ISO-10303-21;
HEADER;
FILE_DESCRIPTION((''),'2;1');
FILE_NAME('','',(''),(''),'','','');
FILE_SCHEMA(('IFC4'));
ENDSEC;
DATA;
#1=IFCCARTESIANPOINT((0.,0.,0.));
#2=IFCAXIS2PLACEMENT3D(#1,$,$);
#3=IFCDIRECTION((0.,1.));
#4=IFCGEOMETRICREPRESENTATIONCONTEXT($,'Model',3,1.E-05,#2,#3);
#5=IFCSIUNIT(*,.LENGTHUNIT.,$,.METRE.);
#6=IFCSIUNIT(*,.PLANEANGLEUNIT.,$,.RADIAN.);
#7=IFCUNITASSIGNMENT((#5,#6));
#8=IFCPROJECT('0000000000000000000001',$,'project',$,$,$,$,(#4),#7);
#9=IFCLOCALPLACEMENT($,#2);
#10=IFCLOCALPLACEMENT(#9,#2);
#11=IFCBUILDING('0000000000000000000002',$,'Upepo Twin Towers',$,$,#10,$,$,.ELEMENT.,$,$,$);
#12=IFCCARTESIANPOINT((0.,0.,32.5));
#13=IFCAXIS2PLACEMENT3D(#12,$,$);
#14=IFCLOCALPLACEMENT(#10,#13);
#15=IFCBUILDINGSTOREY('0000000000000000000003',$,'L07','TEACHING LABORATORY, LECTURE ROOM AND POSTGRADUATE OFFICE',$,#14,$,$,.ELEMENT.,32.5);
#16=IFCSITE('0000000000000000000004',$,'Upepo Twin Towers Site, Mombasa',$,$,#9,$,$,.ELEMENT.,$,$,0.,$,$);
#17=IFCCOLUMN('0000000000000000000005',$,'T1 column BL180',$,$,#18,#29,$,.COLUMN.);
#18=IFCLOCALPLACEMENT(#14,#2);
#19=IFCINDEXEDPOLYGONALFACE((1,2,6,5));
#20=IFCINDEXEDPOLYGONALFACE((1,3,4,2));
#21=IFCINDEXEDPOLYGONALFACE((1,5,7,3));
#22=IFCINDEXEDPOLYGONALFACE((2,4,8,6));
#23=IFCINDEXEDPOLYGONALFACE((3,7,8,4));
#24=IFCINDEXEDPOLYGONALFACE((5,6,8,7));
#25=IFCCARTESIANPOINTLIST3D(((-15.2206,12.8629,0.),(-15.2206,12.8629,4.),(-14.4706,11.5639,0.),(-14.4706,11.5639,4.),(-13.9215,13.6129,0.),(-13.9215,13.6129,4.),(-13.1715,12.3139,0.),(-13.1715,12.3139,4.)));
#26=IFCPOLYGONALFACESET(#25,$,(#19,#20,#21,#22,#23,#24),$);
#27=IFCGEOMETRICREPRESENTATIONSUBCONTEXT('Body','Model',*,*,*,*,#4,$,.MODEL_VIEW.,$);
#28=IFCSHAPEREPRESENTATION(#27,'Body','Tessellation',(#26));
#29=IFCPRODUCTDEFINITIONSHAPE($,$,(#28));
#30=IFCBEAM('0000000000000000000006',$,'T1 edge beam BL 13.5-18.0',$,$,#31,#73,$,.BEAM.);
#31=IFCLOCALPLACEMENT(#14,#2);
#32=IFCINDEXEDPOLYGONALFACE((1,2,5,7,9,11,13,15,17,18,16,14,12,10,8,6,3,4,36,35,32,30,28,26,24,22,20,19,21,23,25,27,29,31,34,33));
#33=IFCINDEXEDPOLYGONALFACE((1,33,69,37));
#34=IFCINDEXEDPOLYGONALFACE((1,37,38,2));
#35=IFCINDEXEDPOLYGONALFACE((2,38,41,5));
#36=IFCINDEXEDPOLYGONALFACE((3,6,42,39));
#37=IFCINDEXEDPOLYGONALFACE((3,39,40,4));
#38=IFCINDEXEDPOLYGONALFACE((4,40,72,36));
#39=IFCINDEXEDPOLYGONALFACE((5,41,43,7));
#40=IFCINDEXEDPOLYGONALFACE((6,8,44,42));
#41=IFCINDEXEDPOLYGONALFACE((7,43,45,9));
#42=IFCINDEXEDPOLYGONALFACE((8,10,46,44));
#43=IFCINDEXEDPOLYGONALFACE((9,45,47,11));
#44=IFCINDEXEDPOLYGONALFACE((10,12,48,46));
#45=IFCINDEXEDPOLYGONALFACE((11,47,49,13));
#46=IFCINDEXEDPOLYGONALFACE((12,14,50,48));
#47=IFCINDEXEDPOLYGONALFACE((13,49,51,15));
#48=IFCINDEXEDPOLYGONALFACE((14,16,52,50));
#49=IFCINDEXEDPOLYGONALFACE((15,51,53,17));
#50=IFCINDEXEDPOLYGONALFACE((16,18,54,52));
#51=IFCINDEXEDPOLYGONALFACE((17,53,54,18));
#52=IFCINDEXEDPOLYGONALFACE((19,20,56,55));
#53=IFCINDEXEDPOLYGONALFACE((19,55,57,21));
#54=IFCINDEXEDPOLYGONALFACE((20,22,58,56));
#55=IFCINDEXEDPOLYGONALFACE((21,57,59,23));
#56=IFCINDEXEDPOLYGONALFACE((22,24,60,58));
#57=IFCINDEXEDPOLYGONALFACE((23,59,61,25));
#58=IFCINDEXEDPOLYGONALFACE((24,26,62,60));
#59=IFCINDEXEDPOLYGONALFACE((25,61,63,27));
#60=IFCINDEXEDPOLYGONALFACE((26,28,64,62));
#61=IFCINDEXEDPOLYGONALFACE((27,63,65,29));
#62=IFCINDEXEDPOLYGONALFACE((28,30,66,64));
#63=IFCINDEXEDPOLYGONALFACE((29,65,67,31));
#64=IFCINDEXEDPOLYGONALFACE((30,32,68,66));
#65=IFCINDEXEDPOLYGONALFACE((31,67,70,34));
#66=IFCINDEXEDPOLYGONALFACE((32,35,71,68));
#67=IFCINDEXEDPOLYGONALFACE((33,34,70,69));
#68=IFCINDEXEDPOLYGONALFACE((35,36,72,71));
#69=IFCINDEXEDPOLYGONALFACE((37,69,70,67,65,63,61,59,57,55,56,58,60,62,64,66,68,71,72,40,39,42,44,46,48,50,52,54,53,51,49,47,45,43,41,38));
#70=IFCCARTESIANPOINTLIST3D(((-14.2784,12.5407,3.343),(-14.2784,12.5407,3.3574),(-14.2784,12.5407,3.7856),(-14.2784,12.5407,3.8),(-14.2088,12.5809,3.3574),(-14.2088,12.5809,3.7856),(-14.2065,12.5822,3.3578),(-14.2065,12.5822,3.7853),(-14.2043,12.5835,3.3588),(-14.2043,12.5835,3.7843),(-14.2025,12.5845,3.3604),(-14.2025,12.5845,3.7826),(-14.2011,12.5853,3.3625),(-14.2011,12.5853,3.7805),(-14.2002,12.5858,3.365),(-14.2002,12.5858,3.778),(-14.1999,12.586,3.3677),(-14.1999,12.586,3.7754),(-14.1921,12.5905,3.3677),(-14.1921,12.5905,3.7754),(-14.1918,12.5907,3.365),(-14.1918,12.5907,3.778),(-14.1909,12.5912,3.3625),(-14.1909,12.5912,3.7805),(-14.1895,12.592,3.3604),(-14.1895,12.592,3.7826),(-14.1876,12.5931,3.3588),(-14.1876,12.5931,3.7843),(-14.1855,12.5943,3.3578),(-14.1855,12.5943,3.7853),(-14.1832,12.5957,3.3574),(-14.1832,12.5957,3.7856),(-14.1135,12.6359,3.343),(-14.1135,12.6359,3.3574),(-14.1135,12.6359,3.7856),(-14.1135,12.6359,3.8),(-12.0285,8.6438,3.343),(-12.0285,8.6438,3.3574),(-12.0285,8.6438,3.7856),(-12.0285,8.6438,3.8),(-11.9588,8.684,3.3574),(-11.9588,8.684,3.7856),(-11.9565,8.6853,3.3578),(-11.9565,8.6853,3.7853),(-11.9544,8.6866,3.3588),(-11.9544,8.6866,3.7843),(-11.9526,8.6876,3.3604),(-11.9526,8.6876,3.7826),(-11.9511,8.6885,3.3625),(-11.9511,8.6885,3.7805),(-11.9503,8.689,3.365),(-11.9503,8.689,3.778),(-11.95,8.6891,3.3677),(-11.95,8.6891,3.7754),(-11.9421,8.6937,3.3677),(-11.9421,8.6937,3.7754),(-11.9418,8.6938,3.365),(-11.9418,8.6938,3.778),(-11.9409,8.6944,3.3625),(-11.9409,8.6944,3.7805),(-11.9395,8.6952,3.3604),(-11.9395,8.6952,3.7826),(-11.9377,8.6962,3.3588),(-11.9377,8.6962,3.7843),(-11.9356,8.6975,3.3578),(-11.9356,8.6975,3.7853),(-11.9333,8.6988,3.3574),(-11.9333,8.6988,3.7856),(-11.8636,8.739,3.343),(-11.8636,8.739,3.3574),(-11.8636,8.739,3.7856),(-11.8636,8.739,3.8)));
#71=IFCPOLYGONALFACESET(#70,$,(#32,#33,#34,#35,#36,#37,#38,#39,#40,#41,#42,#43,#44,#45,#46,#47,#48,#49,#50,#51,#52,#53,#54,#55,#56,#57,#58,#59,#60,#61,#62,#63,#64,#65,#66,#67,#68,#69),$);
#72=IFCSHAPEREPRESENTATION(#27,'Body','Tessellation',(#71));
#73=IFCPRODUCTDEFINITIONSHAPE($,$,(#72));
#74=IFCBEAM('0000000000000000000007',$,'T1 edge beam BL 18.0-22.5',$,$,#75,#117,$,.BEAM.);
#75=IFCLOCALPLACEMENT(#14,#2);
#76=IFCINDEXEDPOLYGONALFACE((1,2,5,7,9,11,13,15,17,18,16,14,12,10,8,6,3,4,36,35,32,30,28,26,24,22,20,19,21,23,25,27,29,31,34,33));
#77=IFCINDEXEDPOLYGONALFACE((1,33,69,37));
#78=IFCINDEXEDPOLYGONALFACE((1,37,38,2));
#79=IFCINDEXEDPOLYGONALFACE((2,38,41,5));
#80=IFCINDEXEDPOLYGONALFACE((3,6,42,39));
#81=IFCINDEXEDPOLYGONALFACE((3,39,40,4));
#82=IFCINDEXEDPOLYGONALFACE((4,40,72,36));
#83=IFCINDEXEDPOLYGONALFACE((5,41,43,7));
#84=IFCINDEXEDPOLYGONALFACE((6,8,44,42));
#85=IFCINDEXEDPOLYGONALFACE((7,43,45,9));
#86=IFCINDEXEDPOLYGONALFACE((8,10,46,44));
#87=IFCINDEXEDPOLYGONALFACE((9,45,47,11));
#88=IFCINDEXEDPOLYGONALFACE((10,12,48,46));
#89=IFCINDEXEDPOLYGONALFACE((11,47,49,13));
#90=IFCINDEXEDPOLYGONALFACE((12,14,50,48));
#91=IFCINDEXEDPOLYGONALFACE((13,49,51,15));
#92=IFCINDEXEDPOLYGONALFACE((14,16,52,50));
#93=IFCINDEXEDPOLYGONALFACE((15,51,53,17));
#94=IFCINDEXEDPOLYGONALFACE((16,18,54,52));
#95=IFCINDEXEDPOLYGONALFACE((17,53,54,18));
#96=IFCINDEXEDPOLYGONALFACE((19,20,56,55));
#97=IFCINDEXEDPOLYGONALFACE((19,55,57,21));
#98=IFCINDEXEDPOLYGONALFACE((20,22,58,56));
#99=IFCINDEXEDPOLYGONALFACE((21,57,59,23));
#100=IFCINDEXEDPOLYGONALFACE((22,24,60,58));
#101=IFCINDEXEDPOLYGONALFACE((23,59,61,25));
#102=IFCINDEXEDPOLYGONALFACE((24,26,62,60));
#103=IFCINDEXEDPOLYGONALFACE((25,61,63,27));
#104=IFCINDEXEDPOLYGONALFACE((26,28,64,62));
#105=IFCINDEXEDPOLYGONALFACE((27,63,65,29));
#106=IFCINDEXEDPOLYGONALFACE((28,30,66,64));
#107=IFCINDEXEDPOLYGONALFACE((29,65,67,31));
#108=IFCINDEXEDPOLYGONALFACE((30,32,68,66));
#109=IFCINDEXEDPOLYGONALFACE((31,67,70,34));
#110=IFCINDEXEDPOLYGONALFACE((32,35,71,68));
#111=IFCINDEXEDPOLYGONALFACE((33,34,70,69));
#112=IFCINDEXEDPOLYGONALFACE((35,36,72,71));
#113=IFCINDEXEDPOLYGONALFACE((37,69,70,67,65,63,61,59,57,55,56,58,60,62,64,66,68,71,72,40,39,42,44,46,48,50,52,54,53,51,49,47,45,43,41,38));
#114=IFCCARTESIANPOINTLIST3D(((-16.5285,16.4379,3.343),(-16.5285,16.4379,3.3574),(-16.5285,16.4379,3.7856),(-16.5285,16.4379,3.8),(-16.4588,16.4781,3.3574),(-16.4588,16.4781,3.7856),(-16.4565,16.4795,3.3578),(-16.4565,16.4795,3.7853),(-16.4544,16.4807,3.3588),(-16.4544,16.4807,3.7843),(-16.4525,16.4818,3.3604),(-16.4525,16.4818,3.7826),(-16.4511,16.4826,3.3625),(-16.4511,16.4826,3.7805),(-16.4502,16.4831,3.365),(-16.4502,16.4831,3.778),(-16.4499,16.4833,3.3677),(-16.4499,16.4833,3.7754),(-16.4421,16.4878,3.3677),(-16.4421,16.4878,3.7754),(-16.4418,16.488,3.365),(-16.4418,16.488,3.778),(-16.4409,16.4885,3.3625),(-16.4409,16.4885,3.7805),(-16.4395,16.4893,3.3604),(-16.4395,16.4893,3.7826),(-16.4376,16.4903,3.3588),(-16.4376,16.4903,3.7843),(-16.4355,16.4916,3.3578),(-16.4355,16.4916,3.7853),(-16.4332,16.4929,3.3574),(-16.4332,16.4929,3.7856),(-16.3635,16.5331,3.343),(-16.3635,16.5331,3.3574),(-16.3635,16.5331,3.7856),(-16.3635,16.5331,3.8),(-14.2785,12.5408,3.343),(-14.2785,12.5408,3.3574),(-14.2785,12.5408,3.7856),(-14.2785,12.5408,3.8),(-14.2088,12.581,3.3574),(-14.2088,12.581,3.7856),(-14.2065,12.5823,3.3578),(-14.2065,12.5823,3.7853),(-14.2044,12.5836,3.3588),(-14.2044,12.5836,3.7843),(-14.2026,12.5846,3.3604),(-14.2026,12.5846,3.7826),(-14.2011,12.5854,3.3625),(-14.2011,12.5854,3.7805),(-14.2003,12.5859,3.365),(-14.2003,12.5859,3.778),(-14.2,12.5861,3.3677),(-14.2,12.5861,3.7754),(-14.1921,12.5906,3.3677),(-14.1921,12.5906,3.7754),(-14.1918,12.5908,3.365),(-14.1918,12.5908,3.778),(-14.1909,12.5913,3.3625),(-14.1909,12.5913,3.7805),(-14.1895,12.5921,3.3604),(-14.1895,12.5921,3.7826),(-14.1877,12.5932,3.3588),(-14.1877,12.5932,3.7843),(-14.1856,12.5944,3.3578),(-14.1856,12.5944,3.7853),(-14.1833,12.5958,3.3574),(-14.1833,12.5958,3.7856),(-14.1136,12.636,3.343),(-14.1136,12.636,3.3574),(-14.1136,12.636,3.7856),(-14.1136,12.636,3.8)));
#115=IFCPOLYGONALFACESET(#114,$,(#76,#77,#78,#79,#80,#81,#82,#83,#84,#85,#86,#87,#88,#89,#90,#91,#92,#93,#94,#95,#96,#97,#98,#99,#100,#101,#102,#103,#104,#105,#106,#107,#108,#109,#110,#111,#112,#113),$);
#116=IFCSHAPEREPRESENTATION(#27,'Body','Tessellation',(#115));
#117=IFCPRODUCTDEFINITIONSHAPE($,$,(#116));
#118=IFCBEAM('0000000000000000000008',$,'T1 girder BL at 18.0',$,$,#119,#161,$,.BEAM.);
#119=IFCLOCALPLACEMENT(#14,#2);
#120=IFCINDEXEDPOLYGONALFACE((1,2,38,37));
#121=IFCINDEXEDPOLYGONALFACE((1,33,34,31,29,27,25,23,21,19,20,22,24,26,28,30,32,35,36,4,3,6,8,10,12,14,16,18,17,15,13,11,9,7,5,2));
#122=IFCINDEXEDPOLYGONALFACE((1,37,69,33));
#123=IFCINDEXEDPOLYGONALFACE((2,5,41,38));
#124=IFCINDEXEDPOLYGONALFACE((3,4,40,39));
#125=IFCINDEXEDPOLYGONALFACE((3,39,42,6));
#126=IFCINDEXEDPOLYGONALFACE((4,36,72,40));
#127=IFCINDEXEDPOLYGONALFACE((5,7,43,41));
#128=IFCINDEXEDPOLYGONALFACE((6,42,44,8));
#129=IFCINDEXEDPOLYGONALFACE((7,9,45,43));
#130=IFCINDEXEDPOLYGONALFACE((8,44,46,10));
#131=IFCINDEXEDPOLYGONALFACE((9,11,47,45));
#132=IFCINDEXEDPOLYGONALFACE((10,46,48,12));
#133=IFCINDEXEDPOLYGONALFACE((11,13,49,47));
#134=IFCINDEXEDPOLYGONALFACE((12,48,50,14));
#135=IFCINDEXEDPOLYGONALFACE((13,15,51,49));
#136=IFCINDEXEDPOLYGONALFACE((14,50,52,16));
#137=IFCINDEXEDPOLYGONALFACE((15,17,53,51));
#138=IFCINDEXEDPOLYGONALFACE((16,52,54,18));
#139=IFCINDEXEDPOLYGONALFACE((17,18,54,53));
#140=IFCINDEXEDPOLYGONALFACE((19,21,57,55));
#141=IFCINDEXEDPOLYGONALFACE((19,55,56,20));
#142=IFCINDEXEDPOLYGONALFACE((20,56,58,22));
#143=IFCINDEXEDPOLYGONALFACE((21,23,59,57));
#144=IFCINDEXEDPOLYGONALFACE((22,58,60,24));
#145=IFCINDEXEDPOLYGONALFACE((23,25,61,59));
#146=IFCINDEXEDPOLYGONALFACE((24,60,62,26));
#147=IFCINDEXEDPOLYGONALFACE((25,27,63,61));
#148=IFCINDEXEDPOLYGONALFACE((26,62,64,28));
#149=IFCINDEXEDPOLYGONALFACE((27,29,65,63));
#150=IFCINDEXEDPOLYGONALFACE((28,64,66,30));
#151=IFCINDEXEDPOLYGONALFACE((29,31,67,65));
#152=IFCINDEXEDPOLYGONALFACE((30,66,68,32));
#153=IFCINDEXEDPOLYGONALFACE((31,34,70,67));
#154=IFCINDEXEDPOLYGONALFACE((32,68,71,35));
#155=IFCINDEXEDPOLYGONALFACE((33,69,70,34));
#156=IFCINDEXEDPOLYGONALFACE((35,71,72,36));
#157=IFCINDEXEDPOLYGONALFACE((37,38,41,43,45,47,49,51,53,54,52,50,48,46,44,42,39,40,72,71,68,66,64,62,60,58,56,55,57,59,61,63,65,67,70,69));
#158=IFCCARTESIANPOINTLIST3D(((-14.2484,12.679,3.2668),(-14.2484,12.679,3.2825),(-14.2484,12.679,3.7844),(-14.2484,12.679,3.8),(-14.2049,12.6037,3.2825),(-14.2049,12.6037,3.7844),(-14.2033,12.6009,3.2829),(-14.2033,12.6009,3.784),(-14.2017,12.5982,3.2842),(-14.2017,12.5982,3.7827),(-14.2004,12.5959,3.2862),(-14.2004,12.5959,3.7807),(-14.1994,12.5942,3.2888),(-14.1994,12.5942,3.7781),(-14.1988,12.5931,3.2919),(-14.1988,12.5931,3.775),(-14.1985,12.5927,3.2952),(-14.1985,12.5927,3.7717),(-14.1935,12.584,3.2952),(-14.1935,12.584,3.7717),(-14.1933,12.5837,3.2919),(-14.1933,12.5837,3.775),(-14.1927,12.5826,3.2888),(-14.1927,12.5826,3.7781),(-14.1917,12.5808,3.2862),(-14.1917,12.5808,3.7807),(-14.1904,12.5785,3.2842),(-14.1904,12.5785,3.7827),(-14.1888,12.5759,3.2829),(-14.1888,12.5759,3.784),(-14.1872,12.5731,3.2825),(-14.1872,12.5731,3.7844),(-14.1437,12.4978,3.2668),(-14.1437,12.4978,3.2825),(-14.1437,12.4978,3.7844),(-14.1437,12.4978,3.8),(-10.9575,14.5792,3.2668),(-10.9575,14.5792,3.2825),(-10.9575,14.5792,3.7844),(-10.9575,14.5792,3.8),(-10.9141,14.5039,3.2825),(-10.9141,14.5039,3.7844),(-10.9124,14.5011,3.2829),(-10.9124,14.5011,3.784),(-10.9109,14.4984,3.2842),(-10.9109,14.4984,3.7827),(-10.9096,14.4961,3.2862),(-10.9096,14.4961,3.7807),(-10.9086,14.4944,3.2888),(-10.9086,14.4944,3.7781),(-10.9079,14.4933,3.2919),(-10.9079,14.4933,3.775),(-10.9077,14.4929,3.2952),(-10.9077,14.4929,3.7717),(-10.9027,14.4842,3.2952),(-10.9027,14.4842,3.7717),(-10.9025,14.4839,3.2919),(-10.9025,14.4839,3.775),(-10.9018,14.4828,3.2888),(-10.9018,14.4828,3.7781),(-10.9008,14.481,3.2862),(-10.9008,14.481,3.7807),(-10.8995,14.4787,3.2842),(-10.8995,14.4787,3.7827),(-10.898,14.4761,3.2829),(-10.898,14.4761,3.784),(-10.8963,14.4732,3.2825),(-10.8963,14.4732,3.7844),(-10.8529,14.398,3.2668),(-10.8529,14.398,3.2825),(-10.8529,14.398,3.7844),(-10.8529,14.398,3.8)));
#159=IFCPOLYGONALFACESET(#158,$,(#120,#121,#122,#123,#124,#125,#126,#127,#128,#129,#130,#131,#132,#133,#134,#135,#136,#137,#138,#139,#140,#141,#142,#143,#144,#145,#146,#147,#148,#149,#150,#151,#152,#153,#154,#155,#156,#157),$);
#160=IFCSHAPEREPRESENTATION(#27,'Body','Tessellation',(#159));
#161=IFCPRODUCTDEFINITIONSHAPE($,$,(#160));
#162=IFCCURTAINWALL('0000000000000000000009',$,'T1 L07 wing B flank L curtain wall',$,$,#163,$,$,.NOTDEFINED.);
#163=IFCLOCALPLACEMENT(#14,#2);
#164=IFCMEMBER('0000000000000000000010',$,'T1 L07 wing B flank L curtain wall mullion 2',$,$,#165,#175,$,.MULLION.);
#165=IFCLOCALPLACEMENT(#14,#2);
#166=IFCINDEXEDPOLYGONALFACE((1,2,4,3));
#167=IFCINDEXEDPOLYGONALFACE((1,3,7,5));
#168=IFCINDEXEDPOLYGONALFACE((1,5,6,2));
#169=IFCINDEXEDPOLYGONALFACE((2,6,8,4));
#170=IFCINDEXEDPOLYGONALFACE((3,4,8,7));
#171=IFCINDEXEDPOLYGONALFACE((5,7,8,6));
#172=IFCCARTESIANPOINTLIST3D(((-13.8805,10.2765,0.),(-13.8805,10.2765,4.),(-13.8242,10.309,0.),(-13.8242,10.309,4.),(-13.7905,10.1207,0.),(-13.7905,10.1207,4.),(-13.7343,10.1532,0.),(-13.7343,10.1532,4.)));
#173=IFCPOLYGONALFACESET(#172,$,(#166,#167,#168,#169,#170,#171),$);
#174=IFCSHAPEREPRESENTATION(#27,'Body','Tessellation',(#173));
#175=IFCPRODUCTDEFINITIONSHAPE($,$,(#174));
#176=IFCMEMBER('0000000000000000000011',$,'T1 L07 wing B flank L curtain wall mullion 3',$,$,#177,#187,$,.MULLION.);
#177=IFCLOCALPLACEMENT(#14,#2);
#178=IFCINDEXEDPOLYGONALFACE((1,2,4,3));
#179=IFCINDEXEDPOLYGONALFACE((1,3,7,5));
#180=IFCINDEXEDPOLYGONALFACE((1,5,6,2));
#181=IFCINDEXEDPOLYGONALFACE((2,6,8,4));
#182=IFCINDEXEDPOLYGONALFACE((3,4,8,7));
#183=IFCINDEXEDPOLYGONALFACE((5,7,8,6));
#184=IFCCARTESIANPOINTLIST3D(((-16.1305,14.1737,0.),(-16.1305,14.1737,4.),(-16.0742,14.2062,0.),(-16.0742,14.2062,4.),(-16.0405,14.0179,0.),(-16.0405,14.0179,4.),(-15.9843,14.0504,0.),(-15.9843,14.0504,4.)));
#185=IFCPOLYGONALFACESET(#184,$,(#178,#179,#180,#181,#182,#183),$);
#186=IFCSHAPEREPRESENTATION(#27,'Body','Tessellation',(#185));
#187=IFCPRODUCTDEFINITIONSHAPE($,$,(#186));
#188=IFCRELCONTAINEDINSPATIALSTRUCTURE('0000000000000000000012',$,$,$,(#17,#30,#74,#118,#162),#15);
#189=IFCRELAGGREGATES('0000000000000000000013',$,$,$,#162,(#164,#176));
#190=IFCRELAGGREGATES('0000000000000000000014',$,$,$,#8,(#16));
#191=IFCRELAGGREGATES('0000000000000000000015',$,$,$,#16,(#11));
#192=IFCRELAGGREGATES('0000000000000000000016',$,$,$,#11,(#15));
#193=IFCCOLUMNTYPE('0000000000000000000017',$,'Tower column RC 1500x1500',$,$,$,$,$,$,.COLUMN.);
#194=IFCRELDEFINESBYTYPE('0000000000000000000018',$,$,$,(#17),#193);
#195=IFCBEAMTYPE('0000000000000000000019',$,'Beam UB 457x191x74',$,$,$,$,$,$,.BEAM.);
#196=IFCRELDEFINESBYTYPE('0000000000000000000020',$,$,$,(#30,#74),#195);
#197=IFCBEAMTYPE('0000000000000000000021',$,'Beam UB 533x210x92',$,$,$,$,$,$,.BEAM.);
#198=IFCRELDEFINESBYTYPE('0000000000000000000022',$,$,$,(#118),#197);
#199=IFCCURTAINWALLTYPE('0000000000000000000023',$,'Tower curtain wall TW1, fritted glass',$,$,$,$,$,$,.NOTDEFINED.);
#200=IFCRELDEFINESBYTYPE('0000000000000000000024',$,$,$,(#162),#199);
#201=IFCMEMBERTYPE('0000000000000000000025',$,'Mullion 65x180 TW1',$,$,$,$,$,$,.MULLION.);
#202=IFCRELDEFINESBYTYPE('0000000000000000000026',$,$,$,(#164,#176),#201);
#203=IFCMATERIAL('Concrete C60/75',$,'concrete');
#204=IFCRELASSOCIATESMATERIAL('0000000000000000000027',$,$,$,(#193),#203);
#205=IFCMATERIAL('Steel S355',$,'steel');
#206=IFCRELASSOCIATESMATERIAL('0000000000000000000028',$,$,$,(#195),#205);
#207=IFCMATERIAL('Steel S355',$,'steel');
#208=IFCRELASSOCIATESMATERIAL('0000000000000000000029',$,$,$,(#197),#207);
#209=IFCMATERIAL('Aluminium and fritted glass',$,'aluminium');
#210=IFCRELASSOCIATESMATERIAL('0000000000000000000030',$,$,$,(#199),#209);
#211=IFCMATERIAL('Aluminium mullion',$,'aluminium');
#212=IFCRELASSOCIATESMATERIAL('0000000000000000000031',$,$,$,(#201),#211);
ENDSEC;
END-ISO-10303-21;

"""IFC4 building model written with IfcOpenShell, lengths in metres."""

from ifc_helpers import new_model, si_unit, direction, frame, origin, origin_2d, place, context, subcontext, project, spatial, rectangle, i_section, extrude, material, material_profile, profile_set, type_object, element, aggregate, save


model = new_model("IFC4")

# Units and contexts
model_context = context("Model", 3, precision=1e-05, world=origin(), true_north=direction((0.0, 1.0)))
body_context = subcontext(model_context, "Body", "Model", "MODEL_VIEW")
ifc_project = project(units=[si_unit("LENGTHUNIT", "METRE"), si_unit("PLANEANGLEUNIT", "RADIAN")], contexts=[model_context])

# Site, building, storey
site_placement = place(None, origin())
site = spatial("IfcSite", under=ifc_project, at=site_placement, Name="Upepo Twin Towers Site, Mombasa", CompositionType="ELEMENT", RefElevation=0.0)
building_placement = place(site_placement, origin())
building = spatial("IfcBuilding", under=site, at=building_placement, Name="Upepo Twin Towers", CompositionType="ELEMENT")
storey_placement = place(building_placement, frame((0.0, 0.0, 32.5)))
storey = spatial("IfcBuildingStorey", under=building, at=storey_placement, Name="L07", Description="TEACHING LABORATORY, LECTURE ROOM AND POSTGRADUATE OFFICE", CompositionType="ELEMENT", Elevation=32.5)

# Column
ifc_material_1 = material(Name="Concrete C60/75", Category="concrete")
ifc_material_profile_1 = material_profile(ifc_material_1, rectangle(XDim=1.5, YDim=1.5, at=origin_2d()), Name="RC 1500x1500")
ifc_profile_set_1 = profile_set([ifc_material_profile_1], Name="Concrete C60/75")
column_type = type_object("IfcColumnType", Name="Tower column RC 1500x1500", PredefinedType="COLUMN", material=ifc_profile_set_1)
column_placement = place(storey_placement, frame((-14.196, 12.5884, 0.0), z_axis=(0.0, 0.0, 1.0), x_axis=(0.866025, 0.5, 0.0)))
element("IfcColumn", 1, at=column_placement, inside=storey, type_object=column_type, Name="T1 column BL180", PredefinedType="COLUMN", context=body_context, shape_type="SweptSolid", body=[
    extrude(rectangle(XDim=1.5, YDim=1.5, at=origin_2d()), origin(), (0.0, 0.0, 1.0), 4.0),
])

# Beams
ifc_material_2 = material(Name="Steel S355", Category="steel")
ifc_material_profile_2 = material_profile(ifc_material_2, i_section(OverallWidth=0.1904, OverallDepth=0.457, WebThickness=0.009, FlangeThickness=0.0144, FilletRadius=0.0103, at=origin_2d()), Name="UB 457x191x74")
ifc_profile_set_2 = profile_set([ifc_material_profile_2], Name="Steel S355")
beam_type_1 = type_object("IfcBeamType", Name="Beam UB 457x191x74", PredefinedType="BEAM", material=ifc_profile_set_2)
beam_1_placement = place(storey_placement, frame((-11.946, 8.6914, 3.5715), z_axis=(-0.500014, 0.866018, 0.0), x_axis=(-0.866018, -0.500014, 0.0)))
element("IfcBeam", 2, at=beam_1_placement, inside=storey, type_object=beam_type_1, Name="T1 edge beam BL 13.5-18.0", PredefinedType="BEAM", context=body_context, shape_type="SweptSolid", body=[
    extrude(i_section(OverallWidth=0.1904, OverallDepth=0.457, WebThickness=0.009, FlangeThickness=0.0144, FilletRadius=0.0103, at=origin_2d()), origin(), (0.0, 0.0, 1.0), 4.4998),
])
beam_2_placement = place(storey_placement, frame((-14.196, 12.5884, 3.5715), z_axis=(-0.49999, 0.866031, 0.0), x_axis=(-0.866031, -0.49999, 0.0)))
element("IfcBeam", 3, at=beam_2_placement, inside=storey, type_object=beam_type_1, Name="T1 edge beam BL 18.0-22.5", PredefinedType="BEAM", context=body_context, shape_type="SweptSolid", body=[
    extrude(i_section(OverallWidth=0.1904, OverallDepth=0.457, WebThickness=0.009, FlangeThickness=0.0144, FilletRadius=0.0103, at=origin_2d()), origin(), (0.0, 0.0, 1.0), 4.5),
])
ifc_material_3 = material(Name="Steel S355", Category="steel")
ifc_material_profile_3 = material_profile(ifc_material_3, i_section(OverallWidth=0.2092, OverallDepth=0.5332, WebThickness=0.01, FlangeThickness=0.0156, FilletRadius=0.0127, at=origin_2d()), Name="UB 533x210x92")
ifc_profile_set_3 = profile_set([ifc_material_profile_3], Name="Steel S355")
beam_type_2 = type_object("IfcBeamType", Name="Beam UB 533x210x92", PredefinedType="BEAM", material=ifc_profile_set_3)
beam_3_placement = place(storey_placement, frame((-14.196, 12.5884, 3.5334), z_axis=(0.866, 0.500043, 0.0), x_axis=(-0.500043, 0.866, 0.0)))
element("IfcBeam", 4, at=beam_3_placement, inside=storey, type_object=beam_type_2, Name="T1 girder BL at 18.0", PredefinedType="BEAM", context=body_context, shape_type="SweptSolid", body=[
    extrude(i_section(OverallWidth=0.2092, OverallDepth=0.5332, WebThickness=0.01, FlangeThickness=0.0156, FilletRadius=0.0127, at=origin_2d()), origin(), (0.0, 0.0, 1.0), 3.8),
])

# Curtain wall, members
ifc_material_4 = material(Name="Aluminium and fritted glass", Category="aluminium")
curtain_wall_type = type_object("IfcCurtainWallType", Name="Tower curtain wall TW1, fritted glass", PredefinedType="NOTDEFINED", material=ifc_material_4)
curtain_wall_placement = place(storey_placement, origin())
curtain_wall = element("IfcCurtainWall", 5, at=curtain_wall_placement, inside=storey, type_object=curtain_wall_type, Name="T1 L07 wing B flank L curtain wall", PredefinedType="NOTDEFINED")
ifc_material_5 = material(Name="Aluminium mullion", Category="aluminium")
ifc_material_profile_4 = material_profile(ifc_material_5, rectangle(XDim=0.0649, YDim=0.1799, at=origin_2d()), Name="MULLION 65x180")
ifc_profile_set_4 = profile_set([ifc_material_profile_4], Name="Aluminium mullion")
member_type_1 = type_object("IfcMemberType", Name="Mullion 65x180 TW1", PredefinedType="MULLION", material=ifc_profile_set_4)
member_1_placement = place(storey_placement, frame((-13.8074, 10.2148, 0.0), z_axis=(0.0, 0.0, 1.0), x_axis=(-0.866025, -0.5, 0.0)))
member_1 = element("IfcMember", 6, at=member_1_placement, type_object=member_type_1, Name="T1 L07 wing B flank L curtain wall mullion 2", PredefinedType="MULLION", context=body_context, shape_type="SweptSolid", body=[
    extrude(rectangle(XDim=0.0649, YDim=0.1799, at=origin_2d()), origin(), (0.0, 0.0, 1.0), 4.0),
])
member_2_placement = place(storey_placement, frame((-16.0574, 14.1121, 0.0), z_axis=(0.0, 0.0, 1.0), x_axis=(-0.866025, -0.5, 0.0)))
member_2 = element("IfcMember", 7, at=member_2_placement, type_object=member_type_1, Name="T1 L07 wing B flank L curtain wall mullion 3", PredefinedType="MULLION", context=body_context, shape_type="SweptSolid", body=[
    extrude(rectangle(XDim=0.0649, YDim=0.1799, at=origin_2d()), origin(), (0.0, 0.0, 1.0), 4.0),
])
aggregate(curtain_wall, [member_1, member_2])

save(model, "model.ifc")
